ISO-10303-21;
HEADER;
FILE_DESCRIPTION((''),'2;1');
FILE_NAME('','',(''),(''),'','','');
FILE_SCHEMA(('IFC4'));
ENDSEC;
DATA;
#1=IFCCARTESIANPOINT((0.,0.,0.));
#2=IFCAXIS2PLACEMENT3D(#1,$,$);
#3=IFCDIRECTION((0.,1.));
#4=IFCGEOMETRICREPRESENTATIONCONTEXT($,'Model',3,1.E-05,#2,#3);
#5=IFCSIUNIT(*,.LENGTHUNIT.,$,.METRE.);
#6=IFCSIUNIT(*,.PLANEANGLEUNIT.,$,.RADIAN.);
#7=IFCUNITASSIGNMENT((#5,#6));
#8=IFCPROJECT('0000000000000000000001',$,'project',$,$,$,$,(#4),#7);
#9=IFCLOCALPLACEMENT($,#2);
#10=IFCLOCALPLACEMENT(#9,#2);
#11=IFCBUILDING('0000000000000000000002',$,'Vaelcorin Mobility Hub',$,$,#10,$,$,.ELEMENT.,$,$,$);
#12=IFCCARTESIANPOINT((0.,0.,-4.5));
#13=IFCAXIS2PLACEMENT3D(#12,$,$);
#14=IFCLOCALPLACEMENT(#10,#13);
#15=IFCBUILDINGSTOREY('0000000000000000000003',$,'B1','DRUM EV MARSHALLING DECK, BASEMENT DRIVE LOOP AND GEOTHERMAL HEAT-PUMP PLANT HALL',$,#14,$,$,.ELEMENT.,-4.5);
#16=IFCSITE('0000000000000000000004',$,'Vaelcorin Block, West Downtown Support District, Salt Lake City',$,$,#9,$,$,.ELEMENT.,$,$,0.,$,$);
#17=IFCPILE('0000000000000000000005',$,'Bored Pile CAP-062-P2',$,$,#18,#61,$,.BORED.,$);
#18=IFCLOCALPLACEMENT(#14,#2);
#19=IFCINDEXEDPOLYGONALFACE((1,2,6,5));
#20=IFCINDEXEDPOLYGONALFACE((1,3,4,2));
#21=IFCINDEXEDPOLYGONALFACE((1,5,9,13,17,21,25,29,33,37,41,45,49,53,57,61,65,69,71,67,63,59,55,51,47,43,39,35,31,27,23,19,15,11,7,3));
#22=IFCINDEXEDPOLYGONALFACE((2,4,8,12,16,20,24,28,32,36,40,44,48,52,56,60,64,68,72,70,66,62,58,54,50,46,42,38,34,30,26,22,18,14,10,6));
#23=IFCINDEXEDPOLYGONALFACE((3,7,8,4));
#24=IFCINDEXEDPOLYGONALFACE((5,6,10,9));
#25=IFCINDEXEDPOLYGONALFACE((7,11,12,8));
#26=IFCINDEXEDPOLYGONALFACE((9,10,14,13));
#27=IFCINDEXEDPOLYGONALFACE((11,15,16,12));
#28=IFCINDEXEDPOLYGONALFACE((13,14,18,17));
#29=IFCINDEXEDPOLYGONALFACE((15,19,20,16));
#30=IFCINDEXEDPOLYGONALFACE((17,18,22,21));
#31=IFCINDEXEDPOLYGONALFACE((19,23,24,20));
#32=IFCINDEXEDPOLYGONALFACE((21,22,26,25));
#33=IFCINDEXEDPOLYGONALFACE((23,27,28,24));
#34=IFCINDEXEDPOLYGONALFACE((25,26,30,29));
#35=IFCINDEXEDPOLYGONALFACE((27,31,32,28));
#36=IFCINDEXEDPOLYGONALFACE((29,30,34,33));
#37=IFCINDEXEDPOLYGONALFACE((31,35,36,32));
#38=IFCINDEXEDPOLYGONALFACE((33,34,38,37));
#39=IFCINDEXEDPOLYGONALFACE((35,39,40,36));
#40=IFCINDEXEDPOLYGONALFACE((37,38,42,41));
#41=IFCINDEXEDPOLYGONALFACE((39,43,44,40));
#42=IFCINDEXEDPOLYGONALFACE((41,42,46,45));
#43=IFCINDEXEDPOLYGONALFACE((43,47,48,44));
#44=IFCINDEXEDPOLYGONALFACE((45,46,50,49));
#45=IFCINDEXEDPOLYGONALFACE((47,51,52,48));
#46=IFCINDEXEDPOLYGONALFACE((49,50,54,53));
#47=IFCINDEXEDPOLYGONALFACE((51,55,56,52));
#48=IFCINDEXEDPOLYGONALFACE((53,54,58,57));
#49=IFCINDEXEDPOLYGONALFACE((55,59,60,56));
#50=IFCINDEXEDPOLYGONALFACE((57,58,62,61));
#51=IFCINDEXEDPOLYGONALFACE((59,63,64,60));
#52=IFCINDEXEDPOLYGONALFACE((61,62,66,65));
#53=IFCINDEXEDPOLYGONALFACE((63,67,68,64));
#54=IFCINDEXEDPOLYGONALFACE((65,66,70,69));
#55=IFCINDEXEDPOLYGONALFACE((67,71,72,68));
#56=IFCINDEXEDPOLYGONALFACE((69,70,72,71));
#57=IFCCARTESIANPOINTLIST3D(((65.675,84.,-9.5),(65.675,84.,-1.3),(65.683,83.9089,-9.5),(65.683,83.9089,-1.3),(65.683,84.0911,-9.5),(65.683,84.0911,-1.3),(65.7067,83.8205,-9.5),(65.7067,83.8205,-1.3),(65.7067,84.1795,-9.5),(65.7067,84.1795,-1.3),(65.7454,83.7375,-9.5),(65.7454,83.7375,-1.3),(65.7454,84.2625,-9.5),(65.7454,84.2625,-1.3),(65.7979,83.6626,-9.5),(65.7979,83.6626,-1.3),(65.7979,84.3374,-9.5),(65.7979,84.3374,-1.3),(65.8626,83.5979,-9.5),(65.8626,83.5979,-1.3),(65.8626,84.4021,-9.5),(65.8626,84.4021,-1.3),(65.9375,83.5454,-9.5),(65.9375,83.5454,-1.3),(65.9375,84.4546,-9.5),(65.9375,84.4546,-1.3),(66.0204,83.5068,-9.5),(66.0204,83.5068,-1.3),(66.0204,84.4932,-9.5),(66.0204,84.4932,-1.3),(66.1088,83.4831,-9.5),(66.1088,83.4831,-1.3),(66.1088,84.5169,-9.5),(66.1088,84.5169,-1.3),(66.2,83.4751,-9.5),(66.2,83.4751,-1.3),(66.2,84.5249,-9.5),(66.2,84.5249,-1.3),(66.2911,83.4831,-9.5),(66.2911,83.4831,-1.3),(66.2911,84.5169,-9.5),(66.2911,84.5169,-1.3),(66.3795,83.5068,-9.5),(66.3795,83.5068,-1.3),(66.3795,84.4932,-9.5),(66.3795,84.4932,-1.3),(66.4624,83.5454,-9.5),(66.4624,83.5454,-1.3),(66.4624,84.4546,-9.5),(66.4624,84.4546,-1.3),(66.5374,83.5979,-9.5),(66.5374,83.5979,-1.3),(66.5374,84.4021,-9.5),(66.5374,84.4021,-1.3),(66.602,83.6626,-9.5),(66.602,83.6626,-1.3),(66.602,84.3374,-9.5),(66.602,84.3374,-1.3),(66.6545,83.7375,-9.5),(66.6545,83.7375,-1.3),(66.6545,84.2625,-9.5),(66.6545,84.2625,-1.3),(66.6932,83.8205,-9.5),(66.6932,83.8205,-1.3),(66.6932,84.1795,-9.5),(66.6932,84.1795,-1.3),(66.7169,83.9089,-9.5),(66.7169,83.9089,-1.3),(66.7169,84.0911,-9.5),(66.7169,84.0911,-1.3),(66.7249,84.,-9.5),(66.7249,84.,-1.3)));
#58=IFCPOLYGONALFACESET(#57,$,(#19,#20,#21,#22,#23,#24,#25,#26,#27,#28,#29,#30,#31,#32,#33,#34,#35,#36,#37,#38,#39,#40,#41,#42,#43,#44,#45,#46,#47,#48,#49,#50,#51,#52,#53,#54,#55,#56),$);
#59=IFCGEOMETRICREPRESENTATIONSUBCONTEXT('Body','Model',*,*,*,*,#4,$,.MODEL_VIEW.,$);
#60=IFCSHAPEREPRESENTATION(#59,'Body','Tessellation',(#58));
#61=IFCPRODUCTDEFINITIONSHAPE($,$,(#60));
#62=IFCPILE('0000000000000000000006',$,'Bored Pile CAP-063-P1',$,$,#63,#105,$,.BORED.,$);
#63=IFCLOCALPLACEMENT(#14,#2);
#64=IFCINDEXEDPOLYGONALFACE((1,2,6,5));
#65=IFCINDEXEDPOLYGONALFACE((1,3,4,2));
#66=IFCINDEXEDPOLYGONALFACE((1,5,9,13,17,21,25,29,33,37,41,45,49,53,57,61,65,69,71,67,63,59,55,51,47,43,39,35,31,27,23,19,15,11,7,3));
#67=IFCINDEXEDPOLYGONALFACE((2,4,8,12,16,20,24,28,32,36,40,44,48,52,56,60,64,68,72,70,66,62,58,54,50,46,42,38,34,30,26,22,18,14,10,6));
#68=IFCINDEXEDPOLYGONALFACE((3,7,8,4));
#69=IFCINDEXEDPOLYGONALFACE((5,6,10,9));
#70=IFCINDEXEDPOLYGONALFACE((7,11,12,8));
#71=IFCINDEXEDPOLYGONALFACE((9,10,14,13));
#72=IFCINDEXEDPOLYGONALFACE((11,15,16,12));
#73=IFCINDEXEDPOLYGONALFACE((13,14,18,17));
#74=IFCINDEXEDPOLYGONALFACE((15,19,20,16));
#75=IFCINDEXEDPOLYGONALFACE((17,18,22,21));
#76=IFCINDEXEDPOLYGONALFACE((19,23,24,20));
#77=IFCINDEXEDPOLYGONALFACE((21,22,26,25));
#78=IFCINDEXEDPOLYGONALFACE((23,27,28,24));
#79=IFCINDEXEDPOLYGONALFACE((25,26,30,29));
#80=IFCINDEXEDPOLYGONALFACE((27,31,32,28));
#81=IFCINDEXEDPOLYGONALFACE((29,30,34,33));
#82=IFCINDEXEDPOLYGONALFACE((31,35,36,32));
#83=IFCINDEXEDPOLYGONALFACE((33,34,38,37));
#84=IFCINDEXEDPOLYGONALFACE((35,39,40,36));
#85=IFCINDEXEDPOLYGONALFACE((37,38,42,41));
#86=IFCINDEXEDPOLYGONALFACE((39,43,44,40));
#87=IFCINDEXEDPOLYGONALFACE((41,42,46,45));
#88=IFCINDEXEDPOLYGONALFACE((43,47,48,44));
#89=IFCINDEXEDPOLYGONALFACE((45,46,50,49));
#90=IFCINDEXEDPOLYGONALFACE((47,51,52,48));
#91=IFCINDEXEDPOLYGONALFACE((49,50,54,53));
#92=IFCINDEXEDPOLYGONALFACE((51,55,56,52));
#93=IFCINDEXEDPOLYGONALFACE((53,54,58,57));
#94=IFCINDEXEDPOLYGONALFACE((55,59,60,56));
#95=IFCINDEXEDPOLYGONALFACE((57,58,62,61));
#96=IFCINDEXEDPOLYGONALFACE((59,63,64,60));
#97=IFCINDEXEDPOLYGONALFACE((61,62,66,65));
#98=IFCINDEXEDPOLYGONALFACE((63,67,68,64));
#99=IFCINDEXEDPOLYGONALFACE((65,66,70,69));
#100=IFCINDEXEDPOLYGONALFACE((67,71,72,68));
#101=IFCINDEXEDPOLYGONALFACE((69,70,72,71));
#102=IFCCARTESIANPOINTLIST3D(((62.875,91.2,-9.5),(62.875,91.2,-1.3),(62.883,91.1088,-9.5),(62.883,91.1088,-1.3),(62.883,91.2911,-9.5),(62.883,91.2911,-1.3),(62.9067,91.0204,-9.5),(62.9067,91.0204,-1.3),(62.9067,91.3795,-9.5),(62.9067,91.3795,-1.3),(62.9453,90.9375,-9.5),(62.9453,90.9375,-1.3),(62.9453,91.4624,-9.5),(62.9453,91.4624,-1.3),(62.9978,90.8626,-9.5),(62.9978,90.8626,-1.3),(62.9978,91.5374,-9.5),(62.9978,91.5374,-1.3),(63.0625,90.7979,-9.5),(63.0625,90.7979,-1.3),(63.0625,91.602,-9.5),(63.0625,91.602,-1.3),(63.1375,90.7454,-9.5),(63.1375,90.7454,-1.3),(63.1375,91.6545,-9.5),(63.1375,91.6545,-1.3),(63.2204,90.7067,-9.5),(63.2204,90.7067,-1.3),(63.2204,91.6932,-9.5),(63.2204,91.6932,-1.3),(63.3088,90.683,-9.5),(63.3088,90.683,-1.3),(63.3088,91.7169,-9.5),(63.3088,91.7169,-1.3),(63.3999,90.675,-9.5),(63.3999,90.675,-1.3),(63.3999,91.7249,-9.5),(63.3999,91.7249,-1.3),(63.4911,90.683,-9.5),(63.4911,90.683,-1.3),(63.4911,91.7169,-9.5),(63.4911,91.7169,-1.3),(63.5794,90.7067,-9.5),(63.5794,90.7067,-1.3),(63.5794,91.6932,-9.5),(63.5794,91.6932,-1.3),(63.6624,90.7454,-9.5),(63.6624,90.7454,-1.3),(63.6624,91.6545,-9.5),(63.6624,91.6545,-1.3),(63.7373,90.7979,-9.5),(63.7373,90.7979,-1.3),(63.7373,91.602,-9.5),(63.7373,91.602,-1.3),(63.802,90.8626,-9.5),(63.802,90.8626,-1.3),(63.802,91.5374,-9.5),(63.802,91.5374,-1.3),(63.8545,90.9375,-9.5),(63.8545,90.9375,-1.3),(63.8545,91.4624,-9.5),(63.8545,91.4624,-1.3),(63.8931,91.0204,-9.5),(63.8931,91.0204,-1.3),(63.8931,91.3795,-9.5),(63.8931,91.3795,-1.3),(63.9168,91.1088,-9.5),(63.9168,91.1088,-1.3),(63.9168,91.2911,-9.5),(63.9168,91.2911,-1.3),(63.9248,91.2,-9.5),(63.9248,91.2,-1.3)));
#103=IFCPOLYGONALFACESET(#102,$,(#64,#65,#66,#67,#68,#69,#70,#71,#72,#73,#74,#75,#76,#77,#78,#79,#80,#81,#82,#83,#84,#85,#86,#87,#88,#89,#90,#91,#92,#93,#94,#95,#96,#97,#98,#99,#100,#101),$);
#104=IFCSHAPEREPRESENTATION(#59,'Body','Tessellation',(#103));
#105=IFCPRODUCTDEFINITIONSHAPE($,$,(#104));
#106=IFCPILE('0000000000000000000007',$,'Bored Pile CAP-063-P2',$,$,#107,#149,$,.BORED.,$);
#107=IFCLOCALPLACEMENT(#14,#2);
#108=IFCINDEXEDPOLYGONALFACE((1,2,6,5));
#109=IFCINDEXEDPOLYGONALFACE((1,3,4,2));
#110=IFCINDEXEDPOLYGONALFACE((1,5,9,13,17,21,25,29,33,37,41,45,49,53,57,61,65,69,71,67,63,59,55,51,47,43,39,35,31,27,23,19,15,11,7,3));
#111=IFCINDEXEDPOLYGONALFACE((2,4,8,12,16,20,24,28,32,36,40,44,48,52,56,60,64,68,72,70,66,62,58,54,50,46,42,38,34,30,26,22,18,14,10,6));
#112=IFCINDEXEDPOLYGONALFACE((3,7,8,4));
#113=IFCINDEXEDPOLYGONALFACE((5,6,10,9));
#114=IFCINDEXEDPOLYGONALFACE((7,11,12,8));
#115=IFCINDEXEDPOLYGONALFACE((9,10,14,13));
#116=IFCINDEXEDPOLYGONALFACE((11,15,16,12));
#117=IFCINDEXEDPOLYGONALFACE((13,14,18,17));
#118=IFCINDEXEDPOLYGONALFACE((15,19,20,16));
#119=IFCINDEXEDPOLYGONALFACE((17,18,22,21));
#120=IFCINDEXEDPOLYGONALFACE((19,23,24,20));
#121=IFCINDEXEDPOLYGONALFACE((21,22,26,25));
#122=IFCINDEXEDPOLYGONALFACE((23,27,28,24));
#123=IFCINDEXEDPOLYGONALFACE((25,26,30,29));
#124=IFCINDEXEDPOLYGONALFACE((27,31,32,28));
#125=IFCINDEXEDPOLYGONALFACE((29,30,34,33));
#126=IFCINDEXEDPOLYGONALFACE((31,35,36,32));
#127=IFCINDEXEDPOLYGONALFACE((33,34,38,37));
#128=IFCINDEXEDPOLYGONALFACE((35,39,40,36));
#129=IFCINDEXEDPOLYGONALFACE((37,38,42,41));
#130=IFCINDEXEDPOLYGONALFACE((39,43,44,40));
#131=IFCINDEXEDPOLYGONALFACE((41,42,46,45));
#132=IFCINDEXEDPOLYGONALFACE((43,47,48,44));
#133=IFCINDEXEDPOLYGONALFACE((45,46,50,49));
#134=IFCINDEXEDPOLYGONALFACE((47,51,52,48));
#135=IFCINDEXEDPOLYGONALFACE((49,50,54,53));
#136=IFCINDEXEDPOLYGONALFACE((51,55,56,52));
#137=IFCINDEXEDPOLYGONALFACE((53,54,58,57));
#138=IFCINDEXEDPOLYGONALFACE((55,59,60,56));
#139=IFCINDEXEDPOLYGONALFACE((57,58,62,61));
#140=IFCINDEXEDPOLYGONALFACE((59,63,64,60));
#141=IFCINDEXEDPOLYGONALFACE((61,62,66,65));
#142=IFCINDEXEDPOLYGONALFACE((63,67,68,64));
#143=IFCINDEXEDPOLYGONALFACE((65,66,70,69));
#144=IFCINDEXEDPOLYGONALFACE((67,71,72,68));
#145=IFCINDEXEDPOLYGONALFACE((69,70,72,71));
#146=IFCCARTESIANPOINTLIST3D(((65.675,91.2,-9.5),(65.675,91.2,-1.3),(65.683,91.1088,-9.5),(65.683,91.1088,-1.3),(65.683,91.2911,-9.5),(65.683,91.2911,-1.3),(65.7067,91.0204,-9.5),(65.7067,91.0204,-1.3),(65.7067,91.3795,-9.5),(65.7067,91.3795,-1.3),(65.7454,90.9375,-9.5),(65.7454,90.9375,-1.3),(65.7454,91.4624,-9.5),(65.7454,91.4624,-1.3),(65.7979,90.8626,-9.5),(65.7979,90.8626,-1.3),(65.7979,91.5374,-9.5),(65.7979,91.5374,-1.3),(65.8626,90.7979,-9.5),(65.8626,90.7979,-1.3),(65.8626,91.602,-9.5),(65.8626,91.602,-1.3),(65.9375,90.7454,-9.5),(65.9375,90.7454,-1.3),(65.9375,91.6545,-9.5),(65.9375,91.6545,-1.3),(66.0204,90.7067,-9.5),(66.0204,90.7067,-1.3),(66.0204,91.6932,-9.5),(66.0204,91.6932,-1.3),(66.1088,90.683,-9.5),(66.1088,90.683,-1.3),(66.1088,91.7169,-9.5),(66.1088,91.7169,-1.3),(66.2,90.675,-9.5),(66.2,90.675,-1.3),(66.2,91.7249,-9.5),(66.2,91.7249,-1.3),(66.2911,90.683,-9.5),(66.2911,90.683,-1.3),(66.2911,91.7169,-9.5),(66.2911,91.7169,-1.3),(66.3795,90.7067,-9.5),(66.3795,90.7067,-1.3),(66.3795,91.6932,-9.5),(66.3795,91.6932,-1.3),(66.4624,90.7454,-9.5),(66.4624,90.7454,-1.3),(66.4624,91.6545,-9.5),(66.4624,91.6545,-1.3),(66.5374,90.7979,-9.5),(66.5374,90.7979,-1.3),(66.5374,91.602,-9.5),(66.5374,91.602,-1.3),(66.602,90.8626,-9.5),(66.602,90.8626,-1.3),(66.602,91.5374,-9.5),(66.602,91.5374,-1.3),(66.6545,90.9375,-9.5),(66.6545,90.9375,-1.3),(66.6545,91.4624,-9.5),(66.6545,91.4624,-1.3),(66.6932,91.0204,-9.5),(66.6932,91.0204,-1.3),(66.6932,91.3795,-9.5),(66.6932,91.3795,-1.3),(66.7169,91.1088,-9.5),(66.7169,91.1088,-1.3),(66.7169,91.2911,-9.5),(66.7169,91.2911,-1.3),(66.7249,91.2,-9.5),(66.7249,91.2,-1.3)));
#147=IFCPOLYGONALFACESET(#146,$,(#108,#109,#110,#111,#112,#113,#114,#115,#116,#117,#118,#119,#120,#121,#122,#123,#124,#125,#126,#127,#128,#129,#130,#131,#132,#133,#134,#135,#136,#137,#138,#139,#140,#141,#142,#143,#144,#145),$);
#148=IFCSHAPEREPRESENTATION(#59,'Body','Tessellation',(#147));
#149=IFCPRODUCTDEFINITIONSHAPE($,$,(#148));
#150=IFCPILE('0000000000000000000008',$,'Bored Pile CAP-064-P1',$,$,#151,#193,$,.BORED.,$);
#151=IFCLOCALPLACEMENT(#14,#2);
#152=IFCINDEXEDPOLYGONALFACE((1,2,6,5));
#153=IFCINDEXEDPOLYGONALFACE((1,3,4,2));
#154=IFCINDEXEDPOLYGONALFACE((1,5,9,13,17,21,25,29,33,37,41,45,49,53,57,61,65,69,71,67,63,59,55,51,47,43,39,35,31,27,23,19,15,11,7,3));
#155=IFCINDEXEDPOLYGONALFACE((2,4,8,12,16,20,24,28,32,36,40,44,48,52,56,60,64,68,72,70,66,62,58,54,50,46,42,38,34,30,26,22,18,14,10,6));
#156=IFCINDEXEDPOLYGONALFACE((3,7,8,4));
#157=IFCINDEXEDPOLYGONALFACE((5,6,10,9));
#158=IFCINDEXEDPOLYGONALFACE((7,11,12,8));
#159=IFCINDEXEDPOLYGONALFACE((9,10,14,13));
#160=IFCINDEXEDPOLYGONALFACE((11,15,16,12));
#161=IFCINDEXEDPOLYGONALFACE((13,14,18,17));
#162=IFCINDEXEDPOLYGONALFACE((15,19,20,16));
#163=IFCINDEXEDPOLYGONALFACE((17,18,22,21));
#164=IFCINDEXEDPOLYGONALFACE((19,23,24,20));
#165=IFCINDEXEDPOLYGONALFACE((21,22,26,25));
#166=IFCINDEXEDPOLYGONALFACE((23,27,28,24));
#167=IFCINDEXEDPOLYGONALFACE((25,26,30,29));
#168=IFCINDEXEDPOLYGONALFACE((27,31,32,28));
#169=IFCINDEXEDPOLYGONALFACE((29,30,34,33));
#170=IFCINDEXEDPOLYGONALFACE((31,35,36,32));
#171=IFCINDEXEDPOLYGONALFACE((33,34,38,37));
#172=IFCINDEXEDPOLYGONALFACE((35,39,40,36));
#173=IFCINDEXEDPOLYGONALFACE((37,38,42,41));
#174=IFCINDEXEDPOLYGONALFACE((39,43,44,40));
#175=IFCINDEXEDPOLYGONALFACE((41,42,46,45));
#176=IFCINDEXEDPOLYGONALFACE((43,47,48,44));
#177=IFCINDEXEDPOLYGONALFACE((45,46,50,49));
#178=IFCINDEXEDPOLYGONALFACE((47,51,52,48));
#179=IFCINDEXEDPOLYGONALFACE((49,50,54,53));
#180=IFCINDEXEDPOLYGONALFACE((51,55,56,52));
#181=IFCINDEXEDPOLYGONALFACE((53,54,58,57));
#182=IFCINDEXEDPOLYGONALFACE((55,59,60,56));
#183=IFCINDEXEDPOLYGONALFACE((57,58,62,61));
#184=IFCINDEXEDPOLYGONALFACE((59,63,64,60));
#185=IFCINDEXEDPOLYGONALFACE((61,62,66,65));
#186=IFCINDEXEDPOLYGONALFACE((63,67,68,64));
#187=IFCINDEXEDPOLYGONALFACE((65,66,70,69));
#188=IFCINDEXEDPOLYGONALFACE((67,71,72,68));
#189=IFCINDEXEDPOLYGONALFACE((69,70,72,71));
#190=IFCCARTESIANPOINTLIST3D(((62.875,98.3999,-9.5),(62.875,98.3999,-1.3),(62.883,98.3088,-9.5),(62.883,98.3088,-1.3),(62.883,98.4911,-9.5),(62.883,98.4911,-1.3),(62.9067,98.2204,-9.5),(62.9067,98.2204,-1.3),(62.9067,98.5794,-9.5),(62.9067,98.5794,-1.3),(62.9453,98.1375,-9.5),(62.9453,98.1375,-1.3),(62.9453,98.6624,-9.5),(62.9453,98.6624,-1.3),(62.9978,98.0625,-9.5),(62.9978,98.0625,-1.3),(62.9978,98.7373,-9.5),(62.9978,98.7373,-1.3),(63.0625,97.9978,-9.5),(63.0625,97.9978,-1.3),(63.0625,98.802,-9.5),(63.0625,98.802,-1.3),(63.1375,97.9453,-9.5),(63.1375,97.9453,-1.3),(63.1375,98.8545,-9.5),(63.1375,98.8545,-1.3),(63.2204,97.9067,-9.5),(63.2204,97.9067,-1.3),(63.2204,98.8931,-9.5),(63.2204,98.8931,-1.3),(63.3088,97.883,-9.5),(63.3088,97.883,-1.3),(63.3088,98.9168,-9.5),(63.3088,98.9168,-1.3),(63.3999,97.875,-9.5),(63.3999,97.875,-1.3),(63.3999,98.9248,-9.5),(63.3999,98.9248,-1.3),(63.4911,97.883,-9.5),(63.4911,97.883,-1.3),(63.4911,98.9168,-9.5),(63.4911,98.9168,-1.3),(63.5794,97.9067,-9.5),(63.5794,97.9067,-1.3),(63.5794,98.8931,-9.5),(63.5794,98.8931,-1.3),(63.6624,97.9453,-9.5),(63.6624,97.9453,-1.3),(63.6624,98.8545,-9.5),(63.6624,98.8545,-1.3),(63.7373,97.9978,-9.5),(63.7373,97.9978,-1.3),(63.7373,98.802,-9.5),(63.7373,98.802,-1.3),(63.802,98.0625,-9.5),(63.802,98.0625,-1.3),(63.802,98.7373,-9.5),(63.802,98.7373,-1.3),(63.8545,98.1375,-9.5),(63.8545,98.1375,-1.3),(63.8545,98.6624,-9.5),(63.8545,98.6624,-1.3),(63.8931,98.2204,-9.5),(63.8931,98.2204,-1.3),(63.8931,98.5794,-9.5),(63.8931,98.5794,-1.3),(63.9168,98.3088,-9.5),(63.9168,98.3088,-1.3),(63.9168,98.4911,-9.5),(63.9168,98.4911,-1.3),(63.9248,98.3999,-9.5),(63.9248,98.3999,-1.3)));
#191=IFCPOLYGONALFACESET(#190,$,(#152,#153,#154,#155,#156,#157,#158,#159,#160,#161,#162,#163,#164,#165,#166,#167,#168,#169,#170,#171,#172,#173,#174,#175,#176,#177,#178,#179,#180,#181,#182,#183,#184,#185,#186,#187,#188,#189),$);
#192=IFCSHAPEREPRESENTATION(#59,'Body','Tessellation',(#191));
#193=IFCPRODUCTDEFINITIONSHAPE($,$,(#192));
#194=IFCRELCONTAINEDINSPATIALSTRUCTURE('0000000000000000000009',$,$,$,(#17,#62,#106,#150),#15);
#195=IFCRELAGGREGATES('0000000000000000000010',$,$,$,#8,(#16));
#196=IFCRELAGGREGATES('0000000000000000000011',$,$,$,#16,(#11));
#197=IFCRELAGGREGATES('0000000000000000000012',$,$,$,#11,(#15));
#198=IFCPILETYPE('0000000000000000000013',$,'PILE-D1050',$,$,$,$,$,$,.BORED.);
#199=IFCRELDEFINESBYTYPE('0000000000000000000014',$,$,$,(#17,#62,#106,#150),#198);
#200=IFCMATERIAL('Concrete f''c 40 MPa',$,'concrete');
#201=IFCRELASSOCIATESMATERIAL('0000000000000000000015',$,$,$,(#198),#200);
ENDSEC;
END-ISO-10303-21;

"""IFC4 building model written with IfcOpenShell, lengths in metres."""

from ifc_helpers import new_model, si_unit, direction, frame, origin, origin_2d, place, context, subcontext, project, spatial, circle, extrude, material, material_profile, profile_set, type_object, element, save


model = new_model("IFC4")

# Units and contexts
model_context = context("Model", 3, precision=1e-05, world=origin(), true_north=direction((0.0, 1.0)))
body_context = subcontext(model_context, "Body", "Model", "MODEL_VIEW")
ifc_project = project(units=[si_unit("LENGTHUNIT", "METRE"), si_unit("PLANEANGLEUNIT", "RADIAN")], contexts=[model_context])

# Site, building, storey
site_placement = place(None, origin())
site = spatial("IfcSite", under=ifc_project, at=site_placement, Name="Vaelcorin Block, West Downtown Support District, Salt Lake City", CompositionType="ELEMENT", RefElevation=0.0)
building_placement = place(site_placement, origin())
building = spatial("IfcBuilding", under=site, at=building_placement, Name="Vaelcorin Mobility Hub", CompositionType="ELEMENT")
storey_placement = place(building_placement, frame((0.0, 0.0, -4.5)))
storey = spatial("IfcBuildingStorey", under=building, at=storey_placement, Name="B1", Description="DRUM EV MARSHALLING DECK, BASEMENT DRIVE LOOP AND GEOTHERMAL HEAT-PUMP PLANT HALL", CompositionType="ELEMENT", Elevation=-4.5)

# Shared definitions
ifc_material_1 = material(Name="Concrete f'c 40 MPa", Category="concrete")

# Piles
ifc_material_profile_1 = material_profile(ifc_material_1, circle(Radius=0.5249, at=origin_2d()), Name="BP-D1050")
ifc_profile_set_1 = profile_set([ifc_material_profile_1], Name="Concrete f'c 40 MPa")
pile_type = type_object("IfcPileType", Name="PILE-D1050", PredefinedType="BORED", material=ifc_profile_set_1)
for number, where, z_axis, x_axis, name in (
    (1, (66.2, 84.0, -1.3), (0.0, 0.0, -1.0), (1.0, 0.0, 0.0), "Bored Pile CAP-062-P2"),
    (2, (63.3999, 91.2, -1.3), (0.0, 0.0, -1.0), (1.0, 0.0, 0.0), "Bored Pile CAP-063-P1"),
    (3, (66.2, 91.2, -1.3), (0.0, 0.0, -1.0), (1.0, 0.0, 0.0), "Bored Pile CAP-063-P2"),
    (4, (63.3999, 98.3999, -1.3), (0.0, 0.0, -1.0), (1.0, 0.0, 0.0), "Bored Pile CAP-064-P1"),
):
    element("IfcPile", number, at=place(storey_placement, frame(where, z_axis=z_axis, x_axis=x_axis)), inside=storey, type_object=pile_type, Name=name, PredefinedType="BORED", context=body_context, shape_type="SweptSolid", body=[
        extrude(circle(Radius=0.5249, at=origin_2d()), origin(), (0.0, 0.0, 1.0), 8.2),
    ])

save(model, "model.ifc")
